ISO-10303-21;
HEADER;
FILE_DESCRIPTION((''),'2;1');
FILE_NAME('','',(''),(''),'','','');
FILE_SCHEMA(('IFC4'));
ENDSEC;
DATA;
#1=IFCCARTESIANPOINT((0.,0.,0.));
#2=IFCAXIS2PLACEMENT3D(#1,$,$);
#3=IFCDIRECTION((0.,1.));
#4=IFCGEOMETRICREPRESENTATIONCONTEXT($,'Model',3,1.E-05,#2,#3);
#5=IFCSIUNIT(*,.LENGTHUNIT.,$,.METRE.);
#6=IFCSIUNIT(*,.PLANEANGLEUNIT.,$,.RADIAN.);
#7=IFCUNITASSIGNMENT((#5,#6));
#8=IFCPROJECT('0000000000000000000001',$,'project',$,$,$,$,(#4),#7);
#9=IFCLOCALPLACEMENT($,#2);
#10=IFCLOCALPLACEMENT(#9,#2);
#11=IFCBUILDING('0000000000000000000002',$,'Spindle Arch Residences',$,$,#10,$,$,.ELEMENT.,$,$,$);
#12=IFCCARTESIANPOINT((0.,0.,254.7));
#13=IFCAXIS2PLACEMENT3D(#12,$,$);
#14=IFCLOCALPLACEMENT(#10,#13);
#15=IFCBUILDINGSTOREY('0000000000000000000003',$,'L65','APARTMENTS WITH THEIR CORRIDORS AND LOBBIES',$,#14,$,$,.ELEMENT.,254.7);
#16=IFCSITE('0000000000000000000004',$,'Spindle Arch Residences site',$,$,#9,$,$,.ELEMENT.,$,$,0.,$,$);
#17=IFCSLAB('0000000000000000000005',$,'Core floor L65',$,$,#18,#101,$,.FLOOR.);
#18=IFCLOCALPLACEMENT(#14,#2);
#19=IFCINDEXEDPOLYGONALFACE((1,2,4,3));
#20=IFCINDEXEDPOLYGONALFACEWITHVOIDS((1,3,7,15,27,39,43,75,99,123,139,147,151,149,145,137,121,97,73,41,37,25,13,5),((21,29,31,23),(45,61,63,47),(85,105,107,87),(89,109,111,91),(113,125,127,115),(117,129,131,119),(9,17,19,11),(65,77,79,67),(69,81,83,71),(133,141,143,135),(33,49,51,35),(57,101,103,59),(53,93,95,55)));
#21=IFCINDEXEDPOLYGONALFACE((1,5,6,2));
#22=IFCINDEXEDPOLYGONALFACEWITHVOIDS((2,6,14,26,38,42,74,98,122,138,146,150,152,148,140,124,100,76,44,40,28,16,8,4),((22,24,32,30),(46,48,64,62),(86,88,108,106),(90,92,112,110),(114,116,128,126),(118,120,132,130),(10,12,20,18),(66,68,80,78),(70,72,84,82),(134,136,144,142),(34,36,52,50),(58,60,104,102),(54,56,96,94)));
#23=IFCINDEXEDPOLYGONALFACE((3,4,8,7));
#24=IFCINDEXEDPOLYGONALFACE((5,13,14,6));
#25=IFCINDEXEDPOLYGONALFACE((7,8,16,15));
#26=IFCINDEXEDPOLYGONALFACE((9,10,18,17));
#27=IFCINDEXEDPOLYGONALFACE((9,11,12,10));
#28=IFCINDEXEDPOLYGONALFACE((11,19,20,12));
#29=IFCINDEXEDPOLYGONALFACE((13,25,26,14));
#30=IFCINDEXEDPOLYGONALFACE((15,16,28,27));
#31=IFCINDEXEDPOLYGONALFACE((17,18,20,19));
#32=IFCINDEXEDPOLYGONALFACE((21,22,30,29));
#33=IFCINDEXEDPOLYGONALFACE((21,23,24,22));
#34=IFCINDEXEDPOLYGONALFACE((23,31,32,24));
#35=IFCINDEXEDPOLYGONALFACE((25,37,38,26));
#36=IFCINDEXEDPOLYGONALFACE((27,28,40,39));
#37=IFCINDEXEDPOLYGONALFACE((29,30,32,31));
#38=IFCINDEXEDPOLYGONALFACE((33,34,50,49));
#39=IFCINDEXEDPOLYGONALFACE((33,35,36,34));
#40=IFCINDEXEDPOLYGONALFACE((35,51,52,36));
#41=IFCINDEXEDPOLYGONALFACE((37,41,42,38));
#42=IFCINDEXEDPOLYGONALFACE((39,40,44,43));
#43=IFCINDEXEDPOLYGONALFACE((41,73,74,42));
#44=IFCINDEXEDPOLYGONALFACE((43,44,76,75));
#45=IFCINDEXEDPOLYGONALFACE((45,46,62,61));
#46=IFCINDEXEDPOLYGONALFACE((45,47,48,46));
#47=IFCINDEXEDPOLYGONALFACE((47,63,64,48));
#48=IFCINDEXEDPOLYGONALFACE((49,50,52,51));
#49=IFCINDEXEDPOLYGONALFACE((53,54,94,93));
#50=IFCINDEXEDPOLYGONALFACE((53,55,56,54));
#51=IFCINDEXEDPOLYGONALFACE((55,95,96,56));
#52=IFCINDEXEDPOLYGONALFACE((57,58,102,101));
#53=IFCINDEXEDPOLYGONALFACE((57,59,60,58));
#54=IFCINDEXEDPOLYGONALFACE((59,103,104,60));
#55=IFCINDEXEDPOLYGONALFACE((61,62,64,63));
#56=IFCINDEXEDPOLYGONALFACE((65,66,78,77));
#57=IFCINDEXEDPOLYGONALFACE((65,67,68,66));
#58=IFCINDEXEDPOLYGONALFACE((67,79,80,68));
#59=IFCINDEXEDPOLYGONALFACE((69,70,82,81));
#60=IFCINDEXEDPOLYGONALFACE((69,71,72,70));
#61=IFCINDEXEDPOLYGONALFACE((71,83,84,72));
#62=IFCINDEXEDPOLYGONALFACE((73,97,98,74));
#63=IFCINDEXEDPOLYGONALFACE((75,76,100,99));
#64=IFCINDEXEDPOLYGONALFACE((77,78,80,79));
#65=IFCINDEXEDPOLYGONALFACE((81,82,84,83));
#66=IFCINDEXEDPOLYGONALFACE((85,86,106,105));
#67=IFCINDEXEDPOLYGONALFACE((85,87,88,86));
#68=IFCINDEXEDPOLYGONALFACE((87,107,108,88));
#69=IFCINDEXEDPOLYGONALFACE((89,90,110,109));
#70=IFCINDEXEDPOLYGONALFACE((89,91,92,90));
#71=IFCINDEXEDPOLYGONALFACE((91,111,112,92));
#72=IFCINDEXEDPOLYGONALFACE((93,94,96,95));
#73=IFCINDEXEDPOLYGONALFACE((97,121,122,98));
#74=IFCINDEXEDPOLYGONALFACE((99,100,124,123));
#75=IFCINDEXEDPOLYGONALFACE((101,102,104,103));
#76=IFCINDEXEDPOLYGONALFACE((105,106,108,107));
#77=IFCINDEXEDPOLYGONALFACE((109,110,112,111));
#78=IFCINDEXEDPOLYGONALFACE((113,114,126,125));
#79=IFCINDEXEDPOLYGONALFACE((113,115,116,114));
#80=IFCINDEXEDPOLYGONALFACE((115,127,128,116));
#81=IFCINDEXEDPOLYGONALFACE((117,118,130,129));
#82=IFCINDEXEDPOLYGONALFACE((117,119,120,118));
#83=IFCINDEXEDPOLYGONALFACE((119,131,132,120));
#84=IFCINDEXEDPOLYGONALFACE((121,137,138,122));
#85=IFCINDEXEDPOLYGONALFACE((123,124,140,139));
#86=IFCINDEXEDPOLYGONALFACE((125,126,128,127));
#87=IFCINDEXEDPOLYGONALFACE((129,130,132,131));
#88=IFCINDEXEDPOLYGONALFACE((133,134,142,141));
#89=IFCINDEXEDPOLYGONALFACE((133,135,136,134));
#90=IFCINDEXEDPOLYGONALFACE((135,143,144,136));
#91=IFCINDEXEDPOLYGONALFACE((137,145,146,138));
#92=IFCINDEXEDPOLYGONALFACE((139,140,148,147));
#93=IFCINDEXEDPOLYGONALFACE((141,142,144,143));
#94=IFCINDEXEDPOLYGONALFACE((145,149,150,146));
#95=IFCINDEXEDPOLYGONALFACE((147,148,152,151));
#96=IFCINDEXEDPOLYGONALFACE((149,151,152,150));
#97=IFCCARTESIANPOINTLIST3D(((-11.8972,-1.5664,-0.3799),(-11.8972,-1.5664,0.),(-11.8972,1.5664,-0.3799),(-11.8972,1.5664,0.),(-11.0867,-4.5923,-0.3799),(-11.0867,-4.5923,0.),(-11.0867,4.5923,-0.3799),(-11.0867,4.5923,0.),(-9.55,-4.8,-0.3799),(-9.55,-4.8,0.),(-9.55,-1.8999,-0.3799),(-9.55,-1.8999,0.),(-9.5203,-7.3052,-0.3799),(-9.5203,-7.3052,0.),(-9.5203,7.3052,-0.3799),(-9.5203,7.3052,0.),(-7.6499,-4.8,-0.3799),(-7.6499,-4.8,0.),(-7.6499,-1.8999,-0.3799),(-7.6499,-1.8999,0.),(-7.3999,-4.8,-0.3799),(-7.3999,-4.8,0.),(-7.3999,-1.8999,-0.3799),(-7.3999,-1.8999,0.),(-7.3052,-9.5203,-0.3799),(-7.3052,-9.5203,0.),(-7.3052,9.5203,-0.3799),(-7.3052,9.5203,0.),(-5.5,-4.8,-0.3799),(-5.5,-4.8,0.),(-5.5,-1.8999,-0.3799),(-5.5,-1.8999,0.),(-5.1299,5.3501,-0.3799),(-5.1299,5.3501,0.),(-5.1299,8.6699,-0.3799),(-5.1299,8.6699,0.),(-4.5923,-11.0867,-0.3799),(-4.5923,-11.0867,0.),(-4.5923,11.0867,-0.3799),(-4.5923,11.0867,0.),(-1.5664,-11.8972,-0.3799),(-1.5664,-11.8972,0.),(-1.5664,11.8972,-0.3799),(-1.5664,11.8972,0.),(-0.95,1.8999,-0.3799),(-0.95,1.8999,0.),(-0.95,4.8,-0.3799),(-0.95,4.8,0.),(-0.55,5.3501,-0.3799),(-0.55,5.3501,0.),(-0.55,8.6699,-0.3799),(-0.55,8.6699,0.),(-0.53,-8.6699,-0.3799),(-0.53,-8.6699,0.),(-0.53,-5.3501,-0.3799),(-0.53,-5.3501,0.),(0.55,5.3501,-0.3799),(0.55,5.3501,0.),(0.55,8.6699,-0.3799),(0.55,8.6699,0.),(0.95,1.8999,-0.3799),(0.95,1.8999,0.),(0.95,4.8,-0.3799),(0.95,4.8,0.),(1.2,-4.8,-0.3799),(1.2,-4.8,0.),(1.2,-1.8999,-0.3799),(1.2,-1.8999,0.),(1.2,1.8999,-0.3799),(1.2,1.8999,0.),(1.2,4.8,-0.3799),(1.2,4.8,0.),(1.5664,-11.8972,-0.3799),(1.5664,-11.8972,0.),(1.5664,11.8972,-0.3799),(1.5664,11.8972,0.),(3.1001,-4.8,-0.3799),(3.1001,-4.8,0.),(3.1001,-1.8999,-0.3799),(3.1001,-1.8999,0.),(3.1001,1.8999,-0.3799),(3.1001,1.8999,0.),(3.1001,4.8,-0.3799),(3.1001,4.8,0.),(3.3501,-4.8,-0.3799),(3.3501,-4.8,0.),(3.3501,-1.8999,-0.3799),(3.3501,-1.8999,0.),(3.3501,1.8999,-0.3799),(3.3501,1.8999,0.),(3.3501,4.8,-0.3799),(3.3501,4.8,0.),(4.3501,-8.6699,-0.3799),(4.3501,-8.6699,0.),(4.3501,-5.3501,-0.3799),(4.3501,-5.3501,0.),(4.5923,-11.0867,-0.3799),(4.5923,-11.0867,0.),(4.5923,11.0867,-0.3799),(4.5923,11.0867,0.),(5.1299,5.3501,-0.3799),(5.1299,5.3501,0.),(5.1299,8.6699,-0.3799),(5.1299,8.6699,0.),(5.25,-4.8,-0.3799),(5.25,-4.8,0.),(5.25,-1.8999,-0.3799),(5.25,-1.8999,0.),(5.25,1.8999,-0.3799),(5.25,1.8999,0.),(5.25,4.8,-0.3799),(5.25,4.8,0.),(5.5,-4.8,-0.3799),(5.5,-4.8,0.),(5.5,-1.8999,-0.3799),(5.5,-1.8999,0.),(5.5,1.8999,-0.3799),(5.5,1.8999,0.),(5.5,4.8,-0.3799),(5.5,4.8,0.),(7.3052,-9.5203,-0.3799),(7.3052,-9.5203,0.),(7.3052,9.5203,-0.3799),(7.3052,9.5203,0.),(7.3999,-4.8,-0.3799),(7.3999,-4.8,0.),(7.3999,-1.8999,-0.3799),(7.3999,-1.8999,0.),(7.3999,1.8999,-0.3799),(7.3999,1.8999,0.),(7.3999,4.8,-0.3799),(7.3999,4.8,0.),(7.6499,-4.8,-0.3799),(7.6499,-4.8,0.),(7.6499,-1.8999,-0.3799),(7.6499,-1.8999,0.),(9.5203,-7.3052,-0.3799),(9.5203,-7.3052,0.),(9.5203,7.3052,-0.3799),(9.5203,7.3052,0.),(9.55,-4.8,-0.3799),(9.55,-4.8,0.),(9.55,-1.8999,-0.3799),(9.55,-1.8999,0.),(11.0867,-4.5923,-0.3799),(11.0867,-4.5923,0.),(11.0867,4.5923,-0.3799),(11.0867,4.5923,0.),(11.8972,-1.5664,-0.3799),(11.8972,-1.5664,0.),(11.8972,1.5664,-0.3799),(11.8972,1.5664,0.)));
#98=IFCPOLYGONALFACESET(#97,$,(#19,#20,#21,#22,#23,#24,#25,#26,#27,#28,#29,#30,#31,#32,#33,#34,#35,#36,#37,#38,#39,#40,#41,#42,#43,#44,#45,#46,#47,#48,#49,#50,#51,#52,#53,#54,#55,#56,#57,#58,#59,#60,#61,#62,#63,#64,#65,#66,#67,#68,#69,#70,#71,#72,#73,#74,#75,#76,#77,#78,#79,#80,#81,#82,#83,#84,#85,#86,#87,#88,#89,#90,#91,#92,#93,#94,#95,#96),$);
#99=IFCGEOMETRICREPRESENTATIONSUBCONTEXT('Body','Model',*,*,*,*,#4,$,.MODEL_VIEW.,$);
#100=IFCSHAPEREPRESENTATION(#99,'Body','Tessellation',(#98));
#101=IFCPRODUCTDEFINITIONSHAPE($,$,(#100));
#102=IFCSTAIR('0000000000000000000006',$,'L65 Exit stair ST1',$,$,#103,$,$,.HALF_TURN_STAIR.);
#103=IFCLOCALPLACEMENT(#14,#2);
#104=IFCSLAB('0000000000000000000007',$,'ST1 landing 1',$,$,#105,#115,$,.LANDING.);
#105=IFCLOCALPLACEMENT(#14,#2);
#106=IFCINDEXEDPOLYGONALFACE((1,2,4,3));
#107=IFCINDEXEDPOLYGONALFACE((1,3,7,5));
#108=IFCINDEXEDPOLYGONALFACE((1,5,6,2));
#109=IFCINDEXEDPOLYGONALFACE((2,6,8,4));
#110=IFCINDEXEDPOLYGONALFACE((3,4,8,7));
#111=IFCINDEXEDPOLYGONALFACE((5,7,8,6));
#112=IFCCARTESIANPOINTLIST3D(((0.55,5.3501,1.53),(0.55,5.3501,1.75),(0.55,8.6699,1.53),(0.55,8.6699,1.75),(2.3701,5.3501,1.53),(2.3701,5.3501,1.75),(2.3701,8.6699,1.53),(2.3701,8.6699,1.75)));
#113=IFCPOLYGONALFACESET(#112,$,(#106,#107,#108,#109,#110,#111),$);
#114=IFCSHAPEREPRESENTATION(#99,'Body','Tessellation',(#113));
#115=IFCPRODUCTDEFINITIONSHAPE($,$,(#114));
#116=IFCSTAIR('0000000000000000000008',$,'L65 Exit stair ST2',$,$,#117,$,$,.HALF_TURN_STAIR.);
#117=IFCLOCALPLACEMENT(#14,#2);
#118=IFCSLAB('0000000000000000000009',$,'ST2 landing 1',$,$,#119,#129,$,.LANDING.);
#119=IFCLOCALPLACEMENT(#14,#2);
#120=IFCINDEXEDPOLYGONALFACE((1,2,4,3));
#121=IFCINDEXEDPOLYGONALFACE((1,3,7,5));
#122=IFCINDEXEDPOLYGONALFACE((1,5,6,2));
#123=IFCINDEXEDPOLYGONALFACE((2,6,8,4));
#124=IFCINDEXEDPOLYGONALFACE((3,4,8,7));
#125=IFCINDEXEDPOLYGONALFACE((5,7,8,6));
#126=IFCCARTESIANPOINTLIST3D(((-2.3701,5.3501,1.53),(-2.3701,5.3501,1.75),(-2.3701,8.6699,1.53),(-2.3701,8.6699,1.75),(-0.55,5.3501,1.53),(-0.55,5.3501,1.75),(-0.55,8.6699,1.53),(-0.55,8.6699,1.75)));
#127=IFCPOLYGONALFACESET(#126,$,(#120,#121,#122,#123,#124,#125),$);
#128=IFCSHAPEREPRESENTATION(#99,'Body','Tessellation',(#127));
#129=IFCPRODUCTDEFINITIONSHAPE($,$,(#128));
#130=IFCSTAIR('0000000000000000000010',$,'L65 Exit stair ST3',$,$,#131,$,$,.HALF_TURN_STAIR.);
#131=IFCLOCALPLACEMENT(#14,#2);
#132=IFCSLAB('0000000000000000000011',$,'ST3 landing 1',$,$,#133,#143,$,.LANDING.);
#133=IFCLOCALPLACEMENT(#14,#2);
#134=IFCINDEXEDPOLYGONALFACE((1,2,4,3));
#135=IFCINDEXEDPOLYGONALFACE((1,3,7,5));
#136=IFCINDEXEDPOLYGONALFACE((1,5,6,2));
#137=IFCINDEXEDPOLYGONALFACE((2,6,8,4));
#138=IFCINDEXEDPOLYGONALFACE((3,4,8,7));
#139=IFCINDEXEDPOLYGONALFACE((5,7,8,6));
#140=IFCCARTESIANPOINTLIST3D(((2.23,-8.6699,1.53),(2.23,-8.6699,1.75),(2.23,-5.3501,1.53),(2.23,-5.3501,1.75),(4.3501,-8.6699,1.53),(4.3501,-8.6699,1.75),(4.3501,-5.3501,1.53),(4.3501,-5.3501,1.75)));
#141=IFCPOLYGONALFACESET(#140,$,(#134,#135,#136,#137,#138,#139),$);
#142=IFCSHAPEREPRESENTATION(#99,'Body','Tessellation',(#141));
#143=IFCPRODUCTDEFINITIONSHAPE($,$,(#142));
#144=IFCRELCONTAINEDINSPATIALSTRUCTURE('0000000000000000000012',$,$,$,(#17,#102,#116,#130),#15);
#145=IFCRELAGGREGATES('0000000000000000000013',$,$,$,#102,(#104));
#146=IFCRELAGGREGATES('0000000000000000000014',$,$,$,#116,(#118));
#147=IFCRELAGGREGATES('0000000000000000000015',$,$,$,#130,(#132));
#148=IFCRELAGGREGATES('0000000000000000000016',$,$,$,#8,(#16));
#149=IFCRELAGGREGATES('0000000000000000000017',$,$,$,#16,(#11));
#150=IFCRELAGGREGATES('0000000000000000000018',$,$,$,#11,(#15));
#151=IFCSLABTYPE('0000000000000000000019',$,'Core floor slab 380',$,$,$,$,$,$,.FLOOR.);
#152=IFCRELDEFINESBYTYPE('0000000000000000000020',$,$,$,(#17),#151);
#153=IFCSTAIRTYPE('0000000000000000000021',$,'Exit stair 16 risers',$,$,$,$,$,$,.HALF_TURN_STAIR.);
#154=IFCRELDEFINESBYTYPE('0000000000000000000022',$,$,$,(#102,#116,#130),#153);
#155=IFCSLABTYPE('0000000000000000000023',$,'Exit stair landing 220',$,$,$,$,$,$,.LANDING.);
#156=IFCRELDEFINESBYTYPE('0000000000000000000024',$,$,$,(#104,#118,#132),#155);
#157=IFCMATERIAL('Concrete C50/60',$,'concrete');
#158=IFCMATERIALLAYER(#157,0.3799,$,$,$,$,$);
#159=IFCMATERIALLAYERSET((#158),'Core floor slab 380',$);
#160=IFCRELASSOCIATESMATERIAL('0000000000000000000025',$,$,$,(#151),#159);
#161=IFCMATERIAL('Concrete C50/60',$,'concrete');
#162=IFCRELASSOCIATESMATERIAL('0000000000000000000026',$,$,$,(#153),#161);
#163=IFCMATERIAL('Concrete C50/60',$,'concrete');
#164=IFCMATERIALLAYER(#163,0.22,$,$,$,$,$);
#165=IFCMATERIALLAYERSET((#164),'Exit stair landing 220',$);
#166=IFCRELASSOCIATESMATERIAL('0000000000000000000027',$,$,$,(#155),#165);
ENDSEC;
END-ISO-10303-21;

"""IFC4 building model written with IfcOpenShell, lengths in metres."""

from ifc_helpers import new_model, si_unit, direction, frame, origin, place, context, subcontext, project, spatial, polyline, outline, extrude, material, layer, layer_set, type_object, element, aggregate, save


model = new_model("IFC4")

# Units and contexts
model_context = context("Model", 3, precision=1e-05, world=origin(), true_north=direction((0.0, 1.0)))
body_context = subcontext(model_context, "Body", "Model", "MODEL_VIEW")
ifc_project = project(units=[si_unit("LENGTHUNIT", "METRE"), si_unit("PLANEANGLEUNIT", "RADIAN")], contexts=[model_context])

# Site, building, storey
site_placement = place(None, origin())
site = spatial("IfcSite", under=ifc_project, at=site_placement, Name="Spindle Arch Residences site", CompositionType="ELEMENT", RefElevation=0.0)
building_placement = place(site_placement, origin())
building = spatial("IfcBuilding", under=site, at=building_placement, Name="Spindle Arch Residences", CompositionType="ELEMENT")
storey_placement = place(building_placement, frame((0.0, 0.0, 254.7)))
storey = spatial("IfcBuildingStorey", under=building, at=storey_placement, Name="L65", Description="APARTMENTS WITH THEIR CORRIDORS AND LOBBIES", CompositionType="ELEMENT", Elevation=254.7)

# Slab
ifc_material_1 = material(Name="Concrete C50/60", Category="concrete")
ifc_layer_1 = layer(ifc_material_1, 0.3799)
ifc_layer_set_1 = layer_set([ifc_layer_1], Name="Core floor slab 380")
slab_type_1 = type_object("IfcSlabType", Name="Core floor slab 380", PredefinedType="FLOOR", material=ifc_layer_set_1)
slab_1_placement = place(storey_placement, frame((0.0, 0.0, -0.3799)))
element("IfcSlab", 1, at=slab_1_placement, inside=storey, type_object=slab_type_1, Name="Core floor L65", PredefinedType="FLOOR", context=body_context, shape_type="SweptSolid", body=[
    extrude(outline(polyline([(1.5664, -11.8972), (4.5923, -11.0867), (7.3052, -9.5203), (9.5203, -7.3052), (11.0867, -4.5923), (11.8972, -1.5664), (11.8972, 1.5664), (11.0867, 4.5923), (9.5203, 7.3052), (7.3052, 9.5203), (4.5923, 11.0867), (1.5664, 11.8972), (-1.5664, 11.8972), (-4.5923, 11.0867), (-7.3052, 9.5203), (-9.5203, 7.3052), (-11.0867, 4.5923), (-11.8972, 1.5664), (-11.8972, -1.5664), (-11.0867, -4.5923), (-9.5203, -7.3052), (-7.3052, -9.5203), (-4.5923, -11.0867), (-1.5664, -11.8972), (1.5664, -11.8972)]), holes=[polyline([(-0.95, 1.8999), (0.95, 1.8999), (0.95, 4.8), (-0.95, 4.8), (-0.95, 1.8999)]), polyline([(1.2, 1.8999), (3.1001, 1.8999), (3.1001, 4.8), (1.2, 4.8), (1.2, 1.8999)]), polyline([(3.3501, 1.8999), (5.25, 1.8999), (5.25, 4.8), (3.3501, 4.8), (3.3501, 1.8999)]), polyline([(5.5, 1.8999), (7.3999, 1.8999), (7.3999, 4.8), (5.5, 4.8), (5.5, 1.8999)]), polyline([(-9.55, -4.8), (-7.6499, -4.8), (-7.6499, -1.8999), (-9.55, -1.8999), (-9.55, -4.8)]), polyline([(-7.3999, -4.8), (-5.5, -4.8), (-5.5, -1.8999), (-7.3999, -1.8999), (-7.3999, -4.8)]), polyline([(1.2, -4.8), (3.1001, -4.8), (3.1001, -1.8999), (1.2, -1.8999), (1.2, -4.8)]), polyline([(3.3501, -4.8), (5.25, -4.8), (5.25, -1.8999), (3.3501, -1.8999), (3.3501, -4.8)]), polyline([(5.5, -4.8), (7.3999, -4.8), (7.3999, -1.8999), (5.5, -1.8999), (5.5, -4.8)]), polyline([(7.6499, -4.8), (9.55, -4.8), (9.55, -1.8999), (7.6499, -1.8999), (7.6499, -4.8)]), polyline([(5.1299, 8.6699), (0.55, 8.6699), (0.55, 5.3501), (5.1299, 5.3501), (5.1299, 8.6699)]), polyline([(-5.1299, 5.3501), (-0.55, 5.3501), (-0.55, 8.6699), (-5.1299, 8.6699), (-5.1299, 5.3501)]), polyline([(-0.53, -8.6699), (4.3501, -8.6699), (4.3501, -5.3501), (-0.53, -5.3501), (-0.53, -8.6699)])]), origin(), (0.0, 0.0, 1.0), 0.3799),
])

# Stairs, slabs
ifc_material_2 = material(Name="Concrete C50/60", Category="concrete")
stair_type = type_object("IfcStairType", Name="Exit stair 16 risers", PredefinedType="HALF_TURN_STAIR", material=ifc_material_2)
stair_1_placement = place(storey_placement, origin())
stair_1 = element("IfcStair", 2, at=stair_1_placement, inside=storey, type_object=stair_type, Name="L65 Exit stair ST1", PredefinedType="HALF_TURN_STAIR")
ifc_material_3 = material(Name="Concrete C50/60", Category="concrete")
ifc_layer_2 = layer(ifc_material_3, 0.22)
ifc_layer_set_2 = layer_set([ifc_layer_2], Name="Exit stair landing 220")
slab_type_2 = type_object("IfcSlabType", Name="Exit stair landing 220", PredefinedType="LANDING", material=ifc_layer_set_2)
slab_2_placement = place(storey_placement, frame((0.0, 0.0, 1.53)))
slab_2 = element("IfcSlab", 3, at=slab_2_placement, type_object=slab_type_2, Name="ST1 landing 1", PredefinedType="LANDING", context=body_context, shape_type="SweptSolid", body=[
    extrude(outline(polyline([(2.3701, 8.6699), (0.55, 8.6699), (0.55, 5.3501), (2.3701, 5.3501), (2.3701, 8.6699)])), origin(), (0.0, 0.0, 1.0), 0.22),
])
aggregate(stair_1, [slab_2])
stair_2_placement = place(storey_placement, origin())
stair_2 = element("IfcStair", 4, at=stair_2_placement, inside=storey, type_object=stair_type, Name="L65 Exit stair ST2", PredefinedType="HALF_TURN_STAIR")
slab_3_placement = place(storey_placement, frame((0.0, 0.0, 1.53)))
slab_3 = element("IfcSlab", 5, at=slab_3_placement, type_object=slab_type_2, Name="ST2 landing 1", PredefinedType="LANDING", context=body_context, shape_type="SweptSolid", body=[
    extrude(outline(polyline([(-2.3701, 5.3501), (-0.55, 5.3501), (-0.55, 8.6699), (-2.3701, 8.6699), (-2.3701, 5.3501)])), origin(), (0.0, 0.0, 1.0), 0.22),
])
aggregate(stair_2, [slab_3])
stair_3_placement = place(storey_placement, origin())
stair_3 = element("IfcStair", 6, at=stair_3_placement, inside=storey, type_object=stair_type, Name="L65 Exit stair ST3", PredefinedType="HALF_TURN_STAIR")
slab_4_placement = place(storey_placement, frame((0.0, 0.0, 1.53)))
slab_4 = element("IfcSlab", 7, at=slab_4_placement, type_object=slab_type_2, Name="ST3 landing 1", PredefinedType="LANDING", context=body_context, shape_type="SweptSolid", body=[
    extrude(outline(polyline([(2.23, -8.6699), (4.3501, -8.6699), (4.3501, -5.3501), (2.23, -5.3501), (2.23, -8.6699)])), origin(), (0.0, 0.0, 1.0), 0.22),
])

aggregate(stair_3, [slab_4])

save(model, "model.ifc")
